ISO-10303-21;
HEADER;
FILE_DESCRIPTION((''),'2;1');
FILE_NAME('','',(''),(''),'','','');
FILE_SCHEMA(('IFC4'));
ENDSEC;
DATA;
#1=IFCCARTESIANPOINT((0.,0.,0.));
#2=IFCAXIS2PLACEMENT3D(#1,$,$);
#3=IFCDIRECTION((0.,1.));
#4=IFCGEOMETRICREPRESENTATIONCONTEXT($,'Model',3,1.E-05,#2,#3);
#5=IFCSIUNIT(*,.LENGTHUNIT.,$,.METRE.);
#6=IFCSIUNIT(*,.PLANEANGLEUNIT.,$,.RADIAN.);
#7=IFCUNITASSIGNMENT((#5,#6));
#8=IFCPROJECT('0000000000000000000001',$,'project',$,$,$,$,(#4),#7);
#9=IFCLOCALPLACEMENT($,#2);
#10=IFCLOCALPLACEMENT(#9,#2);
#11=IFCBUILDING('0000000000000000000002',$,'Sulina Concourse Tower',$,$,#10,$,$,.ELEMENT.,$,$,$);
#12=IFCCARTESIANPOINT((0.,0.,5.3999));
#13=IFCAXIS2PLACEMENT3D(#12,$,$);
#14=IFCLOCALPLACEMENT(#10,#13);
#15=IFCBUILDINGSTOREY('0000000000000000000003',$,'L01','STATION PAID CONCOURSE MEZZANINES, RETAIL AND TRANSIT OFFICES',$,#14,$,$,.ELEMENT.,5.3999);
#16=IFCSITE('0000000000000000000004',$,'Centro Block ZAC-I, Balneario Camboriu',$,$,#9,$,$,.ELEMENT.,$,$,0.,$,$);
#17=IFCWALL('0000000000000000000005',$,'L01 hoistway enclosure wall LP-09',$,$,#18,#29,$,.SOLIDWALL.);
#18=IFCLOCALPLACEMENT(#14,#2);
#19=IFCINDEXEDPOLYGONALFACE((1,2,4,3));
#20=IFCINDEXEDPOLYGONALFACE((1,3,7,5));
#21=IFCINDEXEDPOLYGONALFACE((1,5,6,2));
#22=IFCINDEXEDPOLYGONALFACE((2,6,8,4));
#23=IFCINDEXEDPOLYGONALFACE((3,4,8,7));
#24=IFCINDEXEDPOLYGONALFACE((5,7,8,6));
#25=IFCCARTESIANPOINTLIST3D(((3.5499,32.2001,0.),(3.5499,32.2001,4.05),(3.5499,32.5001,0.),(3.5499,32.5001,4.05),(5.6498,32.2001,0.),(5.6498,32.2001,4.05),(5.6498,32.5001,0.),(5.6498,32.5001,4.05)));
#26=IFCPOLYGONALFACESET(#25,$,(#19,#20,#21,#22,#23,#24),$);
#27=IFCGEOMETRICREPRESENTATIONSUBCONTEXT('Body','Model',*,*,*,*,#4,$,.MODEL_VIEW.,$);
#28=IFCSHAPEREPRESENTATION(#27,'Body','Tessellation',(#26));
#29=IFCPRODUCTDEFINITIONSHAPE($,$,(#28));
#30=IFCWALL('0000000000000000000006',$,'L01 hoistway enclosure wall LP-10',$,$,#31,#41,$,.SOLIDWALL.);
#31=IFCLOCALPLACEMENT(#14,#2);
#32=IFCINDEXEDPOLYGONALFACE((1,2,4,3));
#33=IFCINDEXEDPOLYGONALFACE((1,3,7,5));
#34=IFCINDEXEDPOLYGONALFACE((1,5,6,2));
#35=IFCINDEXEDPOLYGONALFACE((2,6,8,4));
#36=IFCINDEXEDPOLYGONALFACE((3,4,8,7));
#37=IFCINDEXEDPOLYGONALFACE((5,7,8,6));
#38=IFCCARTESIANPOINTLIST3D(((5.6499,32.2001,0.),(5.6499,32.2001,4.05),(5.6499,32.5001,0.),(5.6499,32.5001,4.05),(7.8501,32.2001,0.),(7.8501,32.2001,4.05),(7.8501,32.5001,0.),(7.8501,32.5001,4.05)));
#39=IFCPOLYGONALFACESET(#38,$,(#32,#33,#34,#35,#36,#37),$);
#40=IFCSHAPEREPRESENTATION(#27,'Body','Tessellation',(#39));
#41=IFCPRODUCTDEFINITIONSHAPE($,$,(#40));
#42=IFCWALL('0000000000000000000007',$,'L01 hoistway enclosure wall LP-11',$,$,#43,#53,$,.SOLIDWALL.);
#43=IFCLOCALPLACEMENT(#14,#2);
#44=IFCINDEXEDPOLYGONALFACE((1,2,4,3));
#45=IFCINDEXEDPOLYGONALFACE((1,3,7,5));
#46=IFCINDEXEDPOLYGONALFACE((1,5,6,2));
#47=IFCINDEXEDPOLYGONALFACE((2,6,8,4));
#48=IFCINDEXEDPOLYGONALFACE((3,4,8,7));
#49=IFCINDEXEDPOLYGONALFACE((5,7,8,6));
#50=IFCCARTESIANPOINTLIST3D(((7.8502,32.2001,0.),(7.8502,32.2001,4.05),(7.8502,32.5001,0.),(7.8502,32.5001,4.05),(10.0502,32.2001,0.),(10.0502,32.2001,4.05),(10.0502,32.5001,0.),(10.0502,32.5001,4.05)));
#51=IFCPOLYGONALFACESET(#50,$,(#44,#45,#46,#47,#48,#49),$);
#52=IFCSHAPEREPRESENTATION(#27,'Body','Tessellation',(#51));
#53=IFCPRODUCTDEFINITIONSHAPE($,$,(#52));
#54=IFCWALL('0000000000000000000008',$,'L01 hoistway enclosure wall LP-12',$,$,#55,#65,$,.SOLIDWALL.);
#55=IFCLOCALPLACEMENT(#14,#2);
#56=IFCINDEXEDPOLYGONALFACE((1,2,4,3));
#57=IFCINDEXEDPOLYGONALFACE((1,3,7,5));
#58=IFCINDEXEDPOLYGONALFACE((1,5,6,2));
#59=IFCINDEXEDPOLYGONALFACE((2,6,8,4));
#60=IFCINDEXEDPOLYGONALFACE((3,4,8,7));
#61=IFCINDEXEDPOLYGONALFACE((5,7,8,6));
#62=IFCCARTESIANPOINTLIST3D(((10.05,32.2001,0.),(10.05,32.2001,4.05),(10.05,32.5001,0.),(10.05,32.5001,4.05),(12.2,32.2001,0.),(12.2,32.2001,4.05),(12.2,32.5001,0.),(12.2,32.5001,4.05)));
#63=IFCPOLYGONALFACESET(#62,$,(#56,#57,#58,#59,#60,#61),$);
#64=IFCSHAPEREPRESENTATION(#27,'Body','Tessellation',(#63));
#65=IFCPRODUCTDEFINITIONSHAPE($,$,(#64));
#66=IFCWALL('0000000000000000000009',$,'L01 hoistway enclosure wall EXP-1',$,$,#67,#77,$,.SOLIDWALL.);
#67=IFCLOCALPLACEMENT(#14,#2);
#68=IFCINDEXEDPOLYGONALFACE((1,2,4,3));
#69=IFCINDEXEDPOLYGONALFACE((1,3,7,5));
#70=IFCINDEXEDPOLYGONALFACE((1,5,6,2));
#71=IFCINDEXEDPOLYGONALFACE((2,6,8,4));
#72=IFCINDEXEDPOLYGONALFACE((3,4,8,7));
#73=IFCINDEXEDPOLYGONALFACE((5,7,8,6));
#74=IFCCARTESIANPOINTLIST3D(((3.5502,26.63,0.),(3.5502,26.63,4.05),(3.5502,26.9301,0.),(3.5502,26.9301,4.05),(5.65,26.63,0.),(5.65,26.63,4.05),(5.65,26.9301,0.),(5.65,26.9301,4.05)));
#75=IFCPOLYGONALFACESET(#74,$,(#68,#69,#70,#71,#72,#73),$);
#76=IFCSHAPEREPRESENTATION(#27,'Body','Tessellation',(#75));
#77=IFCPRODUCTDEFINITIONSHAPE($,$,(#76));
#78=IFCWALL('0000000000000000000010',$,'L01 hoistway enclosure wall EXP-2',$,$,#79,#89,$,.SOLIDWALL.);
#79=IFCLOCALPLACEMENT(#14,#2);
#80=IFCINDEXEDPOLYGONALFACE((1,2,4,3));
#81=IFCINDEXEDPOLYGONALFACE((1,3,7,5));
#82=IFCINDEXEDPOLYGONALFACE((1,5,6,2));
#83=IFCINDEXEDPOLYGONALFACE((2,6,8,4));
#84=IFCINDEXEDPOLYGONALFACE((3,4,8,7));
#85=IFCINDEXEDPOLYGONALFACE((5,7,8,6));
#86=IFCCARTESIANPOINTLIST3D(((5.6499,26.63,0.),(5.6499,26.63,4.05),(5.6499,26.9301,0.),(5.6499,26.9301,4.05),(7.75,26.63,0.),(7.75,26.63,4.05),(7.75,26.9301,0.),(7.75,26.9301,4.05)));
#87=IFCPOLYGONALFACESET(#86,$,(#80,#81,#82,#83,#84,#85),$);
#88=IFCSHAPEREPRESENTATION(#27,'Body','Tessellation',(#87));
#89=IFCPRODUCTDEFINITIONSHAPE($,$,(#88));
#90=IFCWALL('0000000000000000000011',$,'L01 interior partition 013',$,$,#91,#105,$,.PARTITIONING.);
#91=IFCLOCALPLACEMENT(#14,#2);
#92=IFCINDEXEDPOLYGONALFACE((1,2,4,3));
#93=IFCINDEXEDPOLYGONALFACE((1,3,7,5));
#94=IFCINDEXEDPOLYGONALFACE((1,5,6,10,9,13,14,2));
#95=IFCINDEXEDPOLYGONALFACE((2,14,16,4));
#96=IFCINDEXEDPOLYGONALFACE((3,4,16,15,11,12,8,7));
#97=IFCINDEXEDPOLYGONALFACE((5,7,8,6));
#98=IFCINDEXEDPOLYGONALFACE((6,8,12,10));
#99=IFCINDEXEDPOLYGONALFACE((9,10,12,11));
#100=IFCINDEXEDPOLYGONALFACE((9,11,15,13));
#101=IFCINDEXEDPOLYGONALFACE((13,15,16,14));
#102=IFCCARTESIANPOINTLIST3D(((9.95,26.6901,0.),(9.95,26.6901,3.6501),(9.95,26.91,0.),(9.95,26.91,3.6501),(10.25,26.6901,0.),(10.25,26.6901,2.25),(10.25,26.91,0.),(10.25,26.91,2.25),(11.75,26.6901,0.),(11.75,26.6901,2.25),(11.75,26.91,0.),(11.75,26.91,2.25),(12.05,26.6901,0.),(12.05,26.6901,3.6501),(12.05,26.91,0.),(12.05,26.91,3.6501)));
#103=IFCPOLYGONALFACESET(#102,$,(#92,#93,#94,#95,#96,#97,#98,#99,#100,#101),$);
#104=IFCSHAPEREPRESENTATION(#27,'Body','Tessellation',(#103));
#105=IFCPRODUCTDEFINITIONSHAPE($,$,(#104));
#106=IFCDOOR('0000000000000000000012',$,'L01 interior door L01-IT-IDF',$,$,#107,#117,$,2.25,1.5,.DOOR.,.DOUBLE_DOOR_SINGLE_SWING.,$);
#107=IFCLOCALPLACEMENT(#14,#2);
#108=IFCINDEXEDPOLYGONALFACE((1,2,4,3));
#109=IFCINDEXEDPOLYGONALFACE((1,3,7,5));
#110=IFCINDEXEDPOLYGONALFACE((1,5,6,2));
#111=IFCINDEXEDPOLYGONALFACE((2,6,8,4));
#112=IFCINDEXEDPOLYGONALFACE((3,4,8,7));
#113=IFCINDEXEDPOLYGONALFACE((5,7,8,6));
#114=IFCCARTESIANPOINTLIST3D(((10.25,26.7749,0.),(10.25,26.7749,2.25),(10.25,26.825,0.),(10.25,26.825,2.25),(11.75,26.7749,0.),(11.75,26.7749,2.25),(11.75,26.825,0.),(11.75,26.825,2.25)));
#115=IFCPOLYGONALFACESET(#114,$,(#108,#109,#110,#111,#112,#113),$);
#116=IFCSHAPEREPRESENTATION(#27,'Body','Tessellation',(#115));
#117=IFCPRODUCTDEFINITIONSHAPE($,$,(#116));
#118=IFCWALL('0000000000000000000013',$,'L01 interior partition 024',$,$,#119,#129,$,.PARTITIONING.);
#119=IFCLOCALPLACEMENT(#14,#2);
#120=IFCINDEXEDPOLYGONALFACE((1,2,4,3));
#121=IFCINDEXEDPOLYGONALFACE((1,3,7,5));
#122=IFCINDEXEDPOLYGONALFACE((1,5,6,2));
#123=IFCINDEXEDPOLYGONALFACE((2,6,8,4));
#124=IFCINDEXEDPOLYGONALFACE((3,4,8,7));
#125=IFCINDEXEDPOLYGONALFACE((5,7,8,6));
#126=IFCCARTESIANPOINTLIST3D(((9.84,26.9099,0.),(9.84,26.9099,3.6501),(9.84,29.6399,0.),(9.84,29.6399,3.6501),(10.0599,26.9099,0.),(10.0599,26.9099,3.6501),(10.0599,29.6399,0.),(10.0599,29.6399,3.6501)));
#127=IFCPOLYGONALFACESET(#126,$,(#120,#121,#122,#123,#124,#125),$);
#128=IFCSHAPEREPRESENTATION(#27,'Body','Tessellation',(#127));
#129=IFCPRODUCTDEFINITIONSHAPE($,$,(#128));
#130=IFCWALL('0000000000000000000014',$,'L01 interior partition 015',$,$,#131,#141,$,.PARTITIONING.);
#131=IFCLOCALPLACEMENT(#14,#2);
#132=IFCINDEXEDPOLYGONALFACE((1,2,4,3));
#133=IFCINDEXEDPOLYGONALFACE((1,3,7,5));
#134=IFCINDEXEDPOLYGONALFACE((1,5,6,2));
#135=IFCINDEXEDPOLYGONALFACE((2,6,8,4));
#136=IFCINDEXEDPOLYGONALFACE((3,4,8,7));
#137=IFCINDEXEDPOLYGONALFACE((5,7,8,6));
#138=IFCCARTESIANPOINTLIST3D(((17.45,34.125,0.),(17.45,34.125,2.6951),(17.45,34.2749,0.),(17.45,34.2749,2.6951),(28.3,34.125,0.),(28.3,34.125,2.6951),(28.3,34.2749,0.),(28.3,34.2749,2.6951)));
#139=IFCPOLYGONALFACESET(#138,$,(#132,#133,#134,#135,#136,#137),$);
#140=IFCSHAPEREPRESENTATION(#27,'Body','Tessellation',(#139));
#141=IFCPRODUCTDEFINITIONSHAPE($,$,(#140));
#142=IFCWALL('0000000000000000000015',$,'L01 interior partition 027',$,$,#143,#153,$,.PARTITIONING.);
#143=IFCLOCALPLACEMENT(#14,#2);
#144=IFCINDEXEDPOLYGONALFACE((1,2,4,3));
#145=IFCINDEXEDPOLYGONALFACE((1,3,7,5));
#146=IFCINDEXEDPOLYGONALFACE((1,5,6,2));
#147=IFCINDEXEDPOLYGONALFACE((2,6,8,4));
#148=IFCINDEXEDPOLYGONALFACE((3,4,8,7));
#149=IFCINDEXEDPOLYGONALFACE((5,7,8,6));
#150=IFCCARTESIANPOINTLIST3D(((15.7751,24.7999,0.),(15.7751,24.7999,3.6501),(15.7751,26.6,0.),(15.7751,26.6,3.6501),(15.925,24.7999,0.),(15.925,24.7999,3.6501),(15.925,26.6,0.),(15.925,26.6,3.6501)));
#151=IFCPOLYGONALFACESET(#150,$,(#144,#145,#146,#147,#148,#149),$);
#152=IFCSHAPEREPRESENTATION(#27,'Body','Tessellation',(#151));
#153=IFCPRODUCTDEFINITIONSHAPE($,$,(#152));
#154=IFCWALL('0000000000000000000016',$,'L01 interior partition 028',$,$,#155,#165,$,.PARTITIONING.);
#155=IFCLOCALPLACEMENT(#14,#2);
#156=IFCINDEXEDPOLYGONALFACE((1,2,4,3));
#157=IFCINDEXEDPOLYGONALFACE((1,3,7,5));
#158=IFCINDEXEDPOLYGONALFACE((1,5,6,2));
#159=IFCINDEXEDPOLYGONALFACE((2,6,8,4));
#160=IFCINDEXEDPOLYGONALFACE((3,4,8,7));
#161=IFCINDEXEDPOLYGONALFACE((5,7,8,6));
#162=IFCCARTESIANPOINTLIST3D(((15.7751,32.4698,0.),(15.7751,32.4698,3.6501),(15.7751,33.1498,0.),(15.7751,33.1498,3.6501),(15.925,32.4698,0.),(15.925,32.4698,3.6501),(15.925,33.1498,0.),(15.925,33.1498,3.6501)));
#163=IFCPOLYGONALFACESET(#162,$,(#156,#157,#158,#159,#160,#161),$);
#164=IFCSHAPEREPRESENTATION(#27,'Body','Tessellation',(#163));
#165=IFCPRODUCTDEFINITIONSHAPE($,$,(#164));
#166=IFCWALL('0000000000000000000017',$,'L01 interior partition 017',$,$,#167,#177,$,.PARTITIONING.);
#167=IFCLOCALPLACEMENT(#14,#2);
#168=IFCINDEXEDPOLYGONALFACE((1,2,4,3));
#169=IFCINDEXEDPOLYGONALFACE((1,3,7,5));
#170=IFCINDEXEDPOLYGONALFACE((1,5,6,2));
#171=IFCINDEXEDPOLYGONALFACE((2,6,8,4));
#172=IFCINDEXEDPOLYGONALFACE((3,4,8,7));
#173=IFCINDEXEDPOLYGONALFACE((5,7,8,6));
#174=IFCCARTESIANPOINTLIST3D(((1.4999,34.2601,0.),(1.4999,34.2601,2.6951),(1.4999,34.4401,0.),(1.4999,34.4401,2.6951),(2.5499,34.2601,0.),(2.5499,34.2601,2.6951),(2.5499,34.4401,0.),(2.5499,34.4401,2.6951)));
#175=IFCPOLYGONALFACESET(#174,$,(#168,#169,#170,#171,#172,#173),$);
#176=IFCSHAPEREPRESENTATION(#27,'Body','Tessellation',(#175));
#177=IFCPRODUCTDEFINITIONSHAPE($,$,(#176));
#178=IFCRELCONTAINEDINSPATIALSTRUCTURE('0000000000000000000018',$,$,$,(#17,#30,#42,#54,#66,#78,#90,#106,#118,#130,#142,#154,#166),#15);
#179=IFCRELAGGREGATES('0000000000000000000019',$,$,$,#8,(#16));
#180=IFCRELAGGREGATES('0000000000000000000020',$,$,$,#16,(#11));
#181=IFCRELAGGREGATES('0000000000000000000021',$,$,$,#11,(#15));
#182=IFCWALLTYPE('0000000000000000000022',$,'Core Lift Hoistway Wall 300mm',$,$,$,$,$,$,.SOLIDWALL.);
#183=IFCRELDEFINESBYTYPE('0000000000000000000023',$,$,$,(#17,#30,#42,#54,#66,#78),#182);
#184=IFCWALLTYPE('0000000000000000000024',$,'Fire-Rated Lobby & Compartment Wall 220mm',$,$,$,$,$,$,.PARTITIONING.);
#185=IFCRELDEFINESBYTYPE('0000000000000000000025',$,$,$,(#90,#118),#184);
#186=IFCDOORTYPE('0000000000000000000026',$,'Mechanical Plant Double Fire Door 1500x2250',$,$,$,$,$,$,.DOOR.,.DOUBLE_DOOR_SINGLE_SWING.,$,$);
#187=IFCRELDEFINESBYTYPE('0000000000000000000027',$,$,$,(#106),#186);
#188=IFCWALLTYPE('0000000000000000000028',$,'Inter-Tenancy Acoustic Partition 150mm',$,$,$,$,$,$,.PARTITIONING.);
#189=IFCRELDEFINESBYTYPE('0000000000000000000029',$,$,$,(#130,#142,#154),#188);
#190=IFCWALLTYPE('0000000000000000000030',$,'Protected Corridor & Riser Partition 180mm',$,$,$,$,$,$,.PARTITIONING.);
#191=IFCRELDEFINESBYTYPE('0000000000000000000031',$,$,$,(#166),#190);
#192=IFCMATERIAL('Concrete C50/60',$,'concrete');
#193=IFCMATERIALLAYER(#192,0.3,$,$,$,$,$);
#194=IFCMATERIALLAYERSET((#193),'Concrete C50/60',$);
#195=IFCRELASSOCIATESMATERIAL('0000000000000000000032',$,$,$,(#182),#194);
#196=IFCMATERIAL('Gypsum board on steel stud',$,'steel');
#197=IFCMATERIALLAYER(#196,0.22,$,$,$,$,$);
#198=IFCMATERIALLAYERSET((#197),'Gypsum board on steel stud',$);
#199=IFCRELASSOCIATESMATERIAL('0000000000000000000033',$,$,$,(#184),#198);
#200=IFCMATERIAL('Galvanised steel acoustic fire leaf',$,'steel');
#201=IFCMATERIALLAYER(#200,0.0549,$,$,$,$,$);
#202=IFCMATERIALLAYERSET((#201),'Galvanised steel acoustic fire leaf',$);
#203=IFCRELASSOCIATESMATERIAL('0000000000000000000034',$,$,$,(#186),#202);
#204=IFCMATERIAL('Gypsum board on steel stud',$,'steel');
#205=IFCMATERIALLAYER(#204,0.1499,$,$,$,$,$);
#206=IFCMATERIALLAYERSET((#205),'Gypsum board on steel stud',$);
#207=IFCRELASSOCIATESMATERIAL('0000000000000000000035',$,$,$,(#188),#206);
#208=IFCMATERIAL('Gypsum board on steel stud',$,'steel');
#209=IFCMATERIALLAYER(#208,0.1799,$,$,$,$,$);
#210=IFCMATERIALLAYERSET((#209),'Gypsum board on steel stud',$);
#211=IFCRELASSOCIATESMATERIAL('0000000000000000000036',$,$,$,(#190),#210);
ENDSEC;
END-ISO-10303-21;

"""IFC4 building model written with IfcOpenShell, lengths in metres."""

from ifc_helpers import new_model, si_unit, direction, frame, frame_2d, origin, place, context, subcontext, project, spatial, rectangle, extrude, material, layer, layer_set, type_object, element, fill, save


model = new_model("IFC4")

# Units and contexts
model_context = context("Model", 3, precision=1e-05, world=origin(), true_north=direction((0.0, 1.0)))
body_context = subcontext(model_context, "Body", "Model", "MODEL_VIEW")
ifc_project = project(units=[si_unit("LENGTHUNIT", "METRE"), si_unit("PLANEANGLEUNIT", "RADIAN")], contexts=[model_context])

# Site, building, storey
site_placement = place(None, origin())
site = spatial("IfcSite", under=ifc_project, at=site_placement, Name="Centro Block ZAC-I, Balneario Camboriu", CompositionType="ELEMENT", RefElevation=0.0)
building_placement = place(site_placement, origin())
building = spatial("IfcBuilding", under=site, at=building_placement, Name="Sulina Concourse Tower", CompositionType="ELEMENT")
storey_placement = place(building_placement, frame((0.0, 0.0, 5.3999)))
storey = spatial("IfcBuildingStorey", under=building, at=storey_placement, Name="L01", Description="STATION PAID CONCOURSE MEZZANINES, RETAIL AND TRANSIT OFFICES", CompositionType="ELEMENT", Elevation=5.3999)

# Walls
ifc_material_1 = material(Name="Concrete C50/60", Category="concrete")
ifc_layer_1 = layer(ifc_material_1, 0.3)
ifc_layer_set_1 = layer_set([ifc_layer_1], Name="Concrete C50/60")
wall_type_1 = type_object("IfcWallType", Name="Core Lift Hoistway Wall 300mm", PredefinedType="SOLIDWALL", material=ifc_layer_set_1)
wall_1_placement = place(storey_placement, frame((3.55, 32.3501, 0.0), z_axis=(0.0, 0.0, 1.0), x_axis=(1.0, 0.0, 0.0)))
element("IfcWall", 1, at=wall_1_placement, inside=storey, type_object=wall_type_1, Name="L01 hoistway enclosure wall LP-09", PredefinedType="SOLIDWALL", context=body_context, shape_type="SweptSolid", body=[
    extrude(rectangle(XDim=2.0999, YDim=0.3, at=frame_2d((1.0498, 0.0))), origin(), (0.0, 0.0, 1.0), 4.05),
])
wall_2_placement = place(storey_placement, frame((5.6499, 32.3501, 0.0), z_axis=(0.0, 0.0, 1.0), x_axis=(1.0, 0.0, 0.0)))
element("IfcWall", 2, at=wall_2_placement, inside=storey, type_object=wall_type_1, Name="L01 hoistway enclosure wall LP-10", PredefinedType="SOLIDWALL", context=body_context, shape_type="SweptSolid", body=[
    extrude(rectangle(XDim=2.2002, YDim=0.3, at=frame_2d((1.1001, 0.0))), origin(), (0.0, 0.0, 1.0), 4.05),
])
wall_3_placement = place(storey_placement, frame((7.8501, 32.3501, 0.0), z_axis=(0.0, 0.0, 1.0), x_axis=(1.0, 0.0, 0.0)))
element("IfcWall", 3, at=wall_3_placement, inside=storey, type_object=wall_type_1, Name="L01 hoistway enclosure wall LP-11", PredefinedType="SOLIDWALL", context=body_context, shape_type="SweptSolid", body=[
    extrude(rectangle(XDim=2.2, YDim=0.3, at=frame_2d((1.1001, 0.0))), origin(), (0.0, 0.0, 1.0), 4.05),
])
wall_4_placement = place(storey_placement, frame((10.05, 32.3501, 0.0), z_axis=(0.0, 0.0, 1.0), x_axis=(1.0, 0.0, 0.0)))
element("IfcWall", 4, at=wall_4_placement, inside=storey, type_object=wall_type_1, Name="L01 hoistway enclosure wall LP-12", PredefinedType="SOLIDWALL", context=body_context, shape_type="SweptSolid", body=[
    extrude(rectangle(XDim=2.1499, YDim=0.3, at=frame_2d((1.075, 0.0))), origin(), (0.0, 0.0, 1.0), 4.05),
])
wall_5_placement = place(storey_placement, frame((5.6499, 26.78, 0.0), z_axis=(0.0, 0.0, 1.0), x_axis=(-1.0, 0.0, 0.0)))
element("IfcWall", 5, at=wall_5_placement, inside=storey, type_object=wall_type_1, Name="L01 hoistway enclosure wall EXP-1", PredefinedType="SOLIDWALL", context=body_context, shape_type="SweptSolid", body=[
    extrude(rectangle(XDim=2.0999, YDim=0.3, at=frame_2d((1.0498, 0.0))), origin(), (0.0, 0.0, 1.0), 4.05),
])
wall_6_placement = place(storey_placement, frame((7.75, 26.78, 0.0), z_axis=(0.0, 0.0, 1.0), x_axis=(-1.0, 0.0, 0.0)))
element("IfcWall", 6, at=wall_6_placement, inside=storey, type_object=wall_type_1, Name="L01 hoistway enclosure wall EXP-2", PredefinedType="SOLIDWALL", context=body_context, shape_type="SweptSolid", body=[
    extrude(rectangle(XDim=2.1001, YDim=0.3, at=frame_2d((1.05, 0.0))), origin(), (0.0, 0.0, 1.0), 4.05),
])

# Wall, opening, door
ifc_material_2 = material(Name="Gypsum board on steel stud", Category="steel")
ifc_layer_2 = layer(ifc_material_2, 0.22)
ifc_layer_set_2 = layer_set([ifc_layer_2], Name="Gypsum board on steel stud")
wall_type_2 = type_object("IfcWallType", Name="Fire-Rated Lobby & Compartment Wall 220mm", PredefinedType="PARTITIONING", material=ifc_layer_set_2)
wall_7_placement = place(storey_placement, frame((9.95, 26.8, 0.0), z_axis=(0.0, 0.0, 1.0), x_axis=(1.0, 0.0, 0.0)))
wall_7 = element("IfcWall", 7, at=wall_7_placement, inside=storey, type_object=wall_type_2, Name="L01 interior partition 013", PredefinedType="PARTITIONING", context=body_context, shape_type="SweptSolid", body=[
    extrude(rectangle(XDim=2.1001, YDim=0.22, at=frame_2d((1.05, 0.0))), origin(), (0.0, 0.0, 1.0), 3.6501),
])
opening_1_placement = place(wall_7_placement, frame((0.3, 0.0, 0.0)))
opening_1 = element("IfcOpeningElement", 8, at=opening_1_placement, cuts=wall_7, PredefinedType="OPENING", context=body_context, shape_type="SweptSolid", body=[
    extrude(rectangle(XDim=1.5, YDim=2.25, at=frame_2d((0.75, 1.125))), frame((0.0, 0.1199, 0.0), z_axis=(0.0, -1.0, 0.0), x_axis=(1.0, 0.0, 0.0)), (0.0, 0.0, 1.0), 0.24),
])
ifc_material_3 = material(Name="Galvanised steel acoustic fire leaf", Category="steel")
ifc_layer_3 = layer(ifc_material_3, 0.0549)
ifc_layer_set_3 = layer_set([ifc_layer_3], Name="Galvanised steel acoustic fire leaf")
door_type_1 = type_object("IfcDoorType", Name="Mechanical Plant Double Fire Door 1500x2250", OperationType="DOUBLE_DOOR_SINGLE_SWING", PredefinedType="DOOR", material=ifc_layer_set_3)
door_1_placement = place(opening_1_placement, origin())
door_1 = element("IfcDoor", 9, at=door_1_placement, inside=storey, type_object=door_type_1, Name="L01 interior door L01-IT-IDF", OperationType="DOUBLE_DOOR_SINGLE_SWING", OverallHeight=2.25, OverallWidth=1.5, PredefinedType="DOOR", context=body_context, shape_type="SweptSolid", body=[
    extrude(rectangle(XDim=1.5, YDim=2.25, at=frame_2d((0.75, 1.125))), frame((0.0, 0.0249, 0.0), z_axis=(0.0, -1.0, 0.0), x_axis=(1.0, 0.0, 0.0)), (0.0, 0.0, 1.0), 0.05),
])
fill(opening_1, door_1)

# Walls
wall_8_placement = place(storey_placement, frame((9.95, 26.9099, 0.0), z_axis=(0.0, 0.0, 1.0), x_axis=(0.0, 1.0, 0.0)))
element("IfcWall", 10, at=wall_8_placement, inside=storey, type_object=wall_type_2, Name="L01 interior partition 024", PredefinedType="PARTITIONING", context=body_context, shape_type="SweptSolid", body=[
    extrude(rectangle(XDim=2.73, YDim=0.22, at=frame_2d((1.365, 0.0))), origin(), (0.0, 0.0, 1.0), 3.6501),
])
ifc_material_4 = material(Name="Gypsum board on steel stud", Category="steel")
ifc_layer_4 = layer(ifc_material_4, 0.1499)
ifc_layer_set_4 = layer_set([ifc_layer_4], Name="Gypsum board on steel stud")
wall_type_3 = type_object("IfcWallType", Name="Inter-Tenancy Acoustic Partition 150mm", PredefinedType="PARTITIONING", material=ifc_layer_set_4)
wall_9_placement = place(storey_placement, frame((17.45, 34.2, 0.0), z_axis=(0.0, 0.0, 1.0), x_axis=(1.0, 0.0, 0.0)))
element("IfcWall", 11, at=wall_9_placement, inside=storey, type_object=wall_type_3, Name="L01 interior partition 015", PredefinedType="PARTITIONING", context=body_context, shape_type="SweptSolid", body=[
    extrude(rectangle(XDim=10.8501, YDim=0.1499, at=frame_2d((5.425, 0.0))), origin(), (0.0, 0.0, 1.0), 2.6951),
])
wall_10_placement = place(storey_placement, frame((15.8501, 24.8, 0.0), z_axis=(0.0, 0.0, 1.0), x_axis=(0.0, 1.0, 0.0)))
element("IfcWall", 12, at=wall_10_placement, inside=storey, type_object=wall_type_3, Name="L01 interior partition 027", PredefinedType="PARTITIONING", context=body_context, shape_type="SweptSolid", body=[
    extrude(rectangle(XDim=1.8, YDim=0.1499, at=frame_2d((0.8999, 0.0))), origin(), (0.0, 0.0, 1.0), 3.6501),
])
wall_11_placement = place(storey_placement, frame((15.8501, 32.47, 0.0), z_axis=(0.0, 0.0, 1.0), x_axis=(0.0, 1.0, 0.0)))
element("IfcWall", 13, at=wall_11_placement, inside=storey, type_object=wall_type_3, Name="L01 interior partition 028", PredefinedType="PARTITIONING", context=body_context, shape_type="SweptSolid", body=[
    extrude(rectangle(XDim=0.6799, YDim=0.1499, at=frame_2d((0.3398, 0.0))), origin(), (0.0, 0.0, 1.0), 3.6501),
])
ifc_material_5 = material(Name="Gypsum board on steel stud", Category="steel")
ifc_layer_5 = layer(ifc_material_5, 0.1799)
ifc_layer_set_5 = layer_set([ifc_layer_5], Name="Gypsum board on steel stud")
wall_type_4 = type_object("IfcWallType", Name="Protected Corridor & Riser Partition 180mm", PredefinedType="PARTITIONING", material=ifc_layer_set_5)
wall_12_placement = place(storey_placement, frame((1.5, 34.3501, 0.0), z_axis=(0.0, 0.0, 1.0), x_axis=(1.0, 0.0, 0.0)))
element("IfcWall", 14, at=wall_12_placement, inside=storey, type_object=wall_type_4, Name="L01 interior partition 017", PredefinedType="PARTITIONING", context=body_context, shape_type="SweptSolid", body=[
    extrude(rectangle(XDim=1.05, YDim=0.1799, at=frame_2d((0.5249, 0.0))), origin(), (0.0, 0.0, 1.0), 2.6951),
])

save(model, "model.ifc")
